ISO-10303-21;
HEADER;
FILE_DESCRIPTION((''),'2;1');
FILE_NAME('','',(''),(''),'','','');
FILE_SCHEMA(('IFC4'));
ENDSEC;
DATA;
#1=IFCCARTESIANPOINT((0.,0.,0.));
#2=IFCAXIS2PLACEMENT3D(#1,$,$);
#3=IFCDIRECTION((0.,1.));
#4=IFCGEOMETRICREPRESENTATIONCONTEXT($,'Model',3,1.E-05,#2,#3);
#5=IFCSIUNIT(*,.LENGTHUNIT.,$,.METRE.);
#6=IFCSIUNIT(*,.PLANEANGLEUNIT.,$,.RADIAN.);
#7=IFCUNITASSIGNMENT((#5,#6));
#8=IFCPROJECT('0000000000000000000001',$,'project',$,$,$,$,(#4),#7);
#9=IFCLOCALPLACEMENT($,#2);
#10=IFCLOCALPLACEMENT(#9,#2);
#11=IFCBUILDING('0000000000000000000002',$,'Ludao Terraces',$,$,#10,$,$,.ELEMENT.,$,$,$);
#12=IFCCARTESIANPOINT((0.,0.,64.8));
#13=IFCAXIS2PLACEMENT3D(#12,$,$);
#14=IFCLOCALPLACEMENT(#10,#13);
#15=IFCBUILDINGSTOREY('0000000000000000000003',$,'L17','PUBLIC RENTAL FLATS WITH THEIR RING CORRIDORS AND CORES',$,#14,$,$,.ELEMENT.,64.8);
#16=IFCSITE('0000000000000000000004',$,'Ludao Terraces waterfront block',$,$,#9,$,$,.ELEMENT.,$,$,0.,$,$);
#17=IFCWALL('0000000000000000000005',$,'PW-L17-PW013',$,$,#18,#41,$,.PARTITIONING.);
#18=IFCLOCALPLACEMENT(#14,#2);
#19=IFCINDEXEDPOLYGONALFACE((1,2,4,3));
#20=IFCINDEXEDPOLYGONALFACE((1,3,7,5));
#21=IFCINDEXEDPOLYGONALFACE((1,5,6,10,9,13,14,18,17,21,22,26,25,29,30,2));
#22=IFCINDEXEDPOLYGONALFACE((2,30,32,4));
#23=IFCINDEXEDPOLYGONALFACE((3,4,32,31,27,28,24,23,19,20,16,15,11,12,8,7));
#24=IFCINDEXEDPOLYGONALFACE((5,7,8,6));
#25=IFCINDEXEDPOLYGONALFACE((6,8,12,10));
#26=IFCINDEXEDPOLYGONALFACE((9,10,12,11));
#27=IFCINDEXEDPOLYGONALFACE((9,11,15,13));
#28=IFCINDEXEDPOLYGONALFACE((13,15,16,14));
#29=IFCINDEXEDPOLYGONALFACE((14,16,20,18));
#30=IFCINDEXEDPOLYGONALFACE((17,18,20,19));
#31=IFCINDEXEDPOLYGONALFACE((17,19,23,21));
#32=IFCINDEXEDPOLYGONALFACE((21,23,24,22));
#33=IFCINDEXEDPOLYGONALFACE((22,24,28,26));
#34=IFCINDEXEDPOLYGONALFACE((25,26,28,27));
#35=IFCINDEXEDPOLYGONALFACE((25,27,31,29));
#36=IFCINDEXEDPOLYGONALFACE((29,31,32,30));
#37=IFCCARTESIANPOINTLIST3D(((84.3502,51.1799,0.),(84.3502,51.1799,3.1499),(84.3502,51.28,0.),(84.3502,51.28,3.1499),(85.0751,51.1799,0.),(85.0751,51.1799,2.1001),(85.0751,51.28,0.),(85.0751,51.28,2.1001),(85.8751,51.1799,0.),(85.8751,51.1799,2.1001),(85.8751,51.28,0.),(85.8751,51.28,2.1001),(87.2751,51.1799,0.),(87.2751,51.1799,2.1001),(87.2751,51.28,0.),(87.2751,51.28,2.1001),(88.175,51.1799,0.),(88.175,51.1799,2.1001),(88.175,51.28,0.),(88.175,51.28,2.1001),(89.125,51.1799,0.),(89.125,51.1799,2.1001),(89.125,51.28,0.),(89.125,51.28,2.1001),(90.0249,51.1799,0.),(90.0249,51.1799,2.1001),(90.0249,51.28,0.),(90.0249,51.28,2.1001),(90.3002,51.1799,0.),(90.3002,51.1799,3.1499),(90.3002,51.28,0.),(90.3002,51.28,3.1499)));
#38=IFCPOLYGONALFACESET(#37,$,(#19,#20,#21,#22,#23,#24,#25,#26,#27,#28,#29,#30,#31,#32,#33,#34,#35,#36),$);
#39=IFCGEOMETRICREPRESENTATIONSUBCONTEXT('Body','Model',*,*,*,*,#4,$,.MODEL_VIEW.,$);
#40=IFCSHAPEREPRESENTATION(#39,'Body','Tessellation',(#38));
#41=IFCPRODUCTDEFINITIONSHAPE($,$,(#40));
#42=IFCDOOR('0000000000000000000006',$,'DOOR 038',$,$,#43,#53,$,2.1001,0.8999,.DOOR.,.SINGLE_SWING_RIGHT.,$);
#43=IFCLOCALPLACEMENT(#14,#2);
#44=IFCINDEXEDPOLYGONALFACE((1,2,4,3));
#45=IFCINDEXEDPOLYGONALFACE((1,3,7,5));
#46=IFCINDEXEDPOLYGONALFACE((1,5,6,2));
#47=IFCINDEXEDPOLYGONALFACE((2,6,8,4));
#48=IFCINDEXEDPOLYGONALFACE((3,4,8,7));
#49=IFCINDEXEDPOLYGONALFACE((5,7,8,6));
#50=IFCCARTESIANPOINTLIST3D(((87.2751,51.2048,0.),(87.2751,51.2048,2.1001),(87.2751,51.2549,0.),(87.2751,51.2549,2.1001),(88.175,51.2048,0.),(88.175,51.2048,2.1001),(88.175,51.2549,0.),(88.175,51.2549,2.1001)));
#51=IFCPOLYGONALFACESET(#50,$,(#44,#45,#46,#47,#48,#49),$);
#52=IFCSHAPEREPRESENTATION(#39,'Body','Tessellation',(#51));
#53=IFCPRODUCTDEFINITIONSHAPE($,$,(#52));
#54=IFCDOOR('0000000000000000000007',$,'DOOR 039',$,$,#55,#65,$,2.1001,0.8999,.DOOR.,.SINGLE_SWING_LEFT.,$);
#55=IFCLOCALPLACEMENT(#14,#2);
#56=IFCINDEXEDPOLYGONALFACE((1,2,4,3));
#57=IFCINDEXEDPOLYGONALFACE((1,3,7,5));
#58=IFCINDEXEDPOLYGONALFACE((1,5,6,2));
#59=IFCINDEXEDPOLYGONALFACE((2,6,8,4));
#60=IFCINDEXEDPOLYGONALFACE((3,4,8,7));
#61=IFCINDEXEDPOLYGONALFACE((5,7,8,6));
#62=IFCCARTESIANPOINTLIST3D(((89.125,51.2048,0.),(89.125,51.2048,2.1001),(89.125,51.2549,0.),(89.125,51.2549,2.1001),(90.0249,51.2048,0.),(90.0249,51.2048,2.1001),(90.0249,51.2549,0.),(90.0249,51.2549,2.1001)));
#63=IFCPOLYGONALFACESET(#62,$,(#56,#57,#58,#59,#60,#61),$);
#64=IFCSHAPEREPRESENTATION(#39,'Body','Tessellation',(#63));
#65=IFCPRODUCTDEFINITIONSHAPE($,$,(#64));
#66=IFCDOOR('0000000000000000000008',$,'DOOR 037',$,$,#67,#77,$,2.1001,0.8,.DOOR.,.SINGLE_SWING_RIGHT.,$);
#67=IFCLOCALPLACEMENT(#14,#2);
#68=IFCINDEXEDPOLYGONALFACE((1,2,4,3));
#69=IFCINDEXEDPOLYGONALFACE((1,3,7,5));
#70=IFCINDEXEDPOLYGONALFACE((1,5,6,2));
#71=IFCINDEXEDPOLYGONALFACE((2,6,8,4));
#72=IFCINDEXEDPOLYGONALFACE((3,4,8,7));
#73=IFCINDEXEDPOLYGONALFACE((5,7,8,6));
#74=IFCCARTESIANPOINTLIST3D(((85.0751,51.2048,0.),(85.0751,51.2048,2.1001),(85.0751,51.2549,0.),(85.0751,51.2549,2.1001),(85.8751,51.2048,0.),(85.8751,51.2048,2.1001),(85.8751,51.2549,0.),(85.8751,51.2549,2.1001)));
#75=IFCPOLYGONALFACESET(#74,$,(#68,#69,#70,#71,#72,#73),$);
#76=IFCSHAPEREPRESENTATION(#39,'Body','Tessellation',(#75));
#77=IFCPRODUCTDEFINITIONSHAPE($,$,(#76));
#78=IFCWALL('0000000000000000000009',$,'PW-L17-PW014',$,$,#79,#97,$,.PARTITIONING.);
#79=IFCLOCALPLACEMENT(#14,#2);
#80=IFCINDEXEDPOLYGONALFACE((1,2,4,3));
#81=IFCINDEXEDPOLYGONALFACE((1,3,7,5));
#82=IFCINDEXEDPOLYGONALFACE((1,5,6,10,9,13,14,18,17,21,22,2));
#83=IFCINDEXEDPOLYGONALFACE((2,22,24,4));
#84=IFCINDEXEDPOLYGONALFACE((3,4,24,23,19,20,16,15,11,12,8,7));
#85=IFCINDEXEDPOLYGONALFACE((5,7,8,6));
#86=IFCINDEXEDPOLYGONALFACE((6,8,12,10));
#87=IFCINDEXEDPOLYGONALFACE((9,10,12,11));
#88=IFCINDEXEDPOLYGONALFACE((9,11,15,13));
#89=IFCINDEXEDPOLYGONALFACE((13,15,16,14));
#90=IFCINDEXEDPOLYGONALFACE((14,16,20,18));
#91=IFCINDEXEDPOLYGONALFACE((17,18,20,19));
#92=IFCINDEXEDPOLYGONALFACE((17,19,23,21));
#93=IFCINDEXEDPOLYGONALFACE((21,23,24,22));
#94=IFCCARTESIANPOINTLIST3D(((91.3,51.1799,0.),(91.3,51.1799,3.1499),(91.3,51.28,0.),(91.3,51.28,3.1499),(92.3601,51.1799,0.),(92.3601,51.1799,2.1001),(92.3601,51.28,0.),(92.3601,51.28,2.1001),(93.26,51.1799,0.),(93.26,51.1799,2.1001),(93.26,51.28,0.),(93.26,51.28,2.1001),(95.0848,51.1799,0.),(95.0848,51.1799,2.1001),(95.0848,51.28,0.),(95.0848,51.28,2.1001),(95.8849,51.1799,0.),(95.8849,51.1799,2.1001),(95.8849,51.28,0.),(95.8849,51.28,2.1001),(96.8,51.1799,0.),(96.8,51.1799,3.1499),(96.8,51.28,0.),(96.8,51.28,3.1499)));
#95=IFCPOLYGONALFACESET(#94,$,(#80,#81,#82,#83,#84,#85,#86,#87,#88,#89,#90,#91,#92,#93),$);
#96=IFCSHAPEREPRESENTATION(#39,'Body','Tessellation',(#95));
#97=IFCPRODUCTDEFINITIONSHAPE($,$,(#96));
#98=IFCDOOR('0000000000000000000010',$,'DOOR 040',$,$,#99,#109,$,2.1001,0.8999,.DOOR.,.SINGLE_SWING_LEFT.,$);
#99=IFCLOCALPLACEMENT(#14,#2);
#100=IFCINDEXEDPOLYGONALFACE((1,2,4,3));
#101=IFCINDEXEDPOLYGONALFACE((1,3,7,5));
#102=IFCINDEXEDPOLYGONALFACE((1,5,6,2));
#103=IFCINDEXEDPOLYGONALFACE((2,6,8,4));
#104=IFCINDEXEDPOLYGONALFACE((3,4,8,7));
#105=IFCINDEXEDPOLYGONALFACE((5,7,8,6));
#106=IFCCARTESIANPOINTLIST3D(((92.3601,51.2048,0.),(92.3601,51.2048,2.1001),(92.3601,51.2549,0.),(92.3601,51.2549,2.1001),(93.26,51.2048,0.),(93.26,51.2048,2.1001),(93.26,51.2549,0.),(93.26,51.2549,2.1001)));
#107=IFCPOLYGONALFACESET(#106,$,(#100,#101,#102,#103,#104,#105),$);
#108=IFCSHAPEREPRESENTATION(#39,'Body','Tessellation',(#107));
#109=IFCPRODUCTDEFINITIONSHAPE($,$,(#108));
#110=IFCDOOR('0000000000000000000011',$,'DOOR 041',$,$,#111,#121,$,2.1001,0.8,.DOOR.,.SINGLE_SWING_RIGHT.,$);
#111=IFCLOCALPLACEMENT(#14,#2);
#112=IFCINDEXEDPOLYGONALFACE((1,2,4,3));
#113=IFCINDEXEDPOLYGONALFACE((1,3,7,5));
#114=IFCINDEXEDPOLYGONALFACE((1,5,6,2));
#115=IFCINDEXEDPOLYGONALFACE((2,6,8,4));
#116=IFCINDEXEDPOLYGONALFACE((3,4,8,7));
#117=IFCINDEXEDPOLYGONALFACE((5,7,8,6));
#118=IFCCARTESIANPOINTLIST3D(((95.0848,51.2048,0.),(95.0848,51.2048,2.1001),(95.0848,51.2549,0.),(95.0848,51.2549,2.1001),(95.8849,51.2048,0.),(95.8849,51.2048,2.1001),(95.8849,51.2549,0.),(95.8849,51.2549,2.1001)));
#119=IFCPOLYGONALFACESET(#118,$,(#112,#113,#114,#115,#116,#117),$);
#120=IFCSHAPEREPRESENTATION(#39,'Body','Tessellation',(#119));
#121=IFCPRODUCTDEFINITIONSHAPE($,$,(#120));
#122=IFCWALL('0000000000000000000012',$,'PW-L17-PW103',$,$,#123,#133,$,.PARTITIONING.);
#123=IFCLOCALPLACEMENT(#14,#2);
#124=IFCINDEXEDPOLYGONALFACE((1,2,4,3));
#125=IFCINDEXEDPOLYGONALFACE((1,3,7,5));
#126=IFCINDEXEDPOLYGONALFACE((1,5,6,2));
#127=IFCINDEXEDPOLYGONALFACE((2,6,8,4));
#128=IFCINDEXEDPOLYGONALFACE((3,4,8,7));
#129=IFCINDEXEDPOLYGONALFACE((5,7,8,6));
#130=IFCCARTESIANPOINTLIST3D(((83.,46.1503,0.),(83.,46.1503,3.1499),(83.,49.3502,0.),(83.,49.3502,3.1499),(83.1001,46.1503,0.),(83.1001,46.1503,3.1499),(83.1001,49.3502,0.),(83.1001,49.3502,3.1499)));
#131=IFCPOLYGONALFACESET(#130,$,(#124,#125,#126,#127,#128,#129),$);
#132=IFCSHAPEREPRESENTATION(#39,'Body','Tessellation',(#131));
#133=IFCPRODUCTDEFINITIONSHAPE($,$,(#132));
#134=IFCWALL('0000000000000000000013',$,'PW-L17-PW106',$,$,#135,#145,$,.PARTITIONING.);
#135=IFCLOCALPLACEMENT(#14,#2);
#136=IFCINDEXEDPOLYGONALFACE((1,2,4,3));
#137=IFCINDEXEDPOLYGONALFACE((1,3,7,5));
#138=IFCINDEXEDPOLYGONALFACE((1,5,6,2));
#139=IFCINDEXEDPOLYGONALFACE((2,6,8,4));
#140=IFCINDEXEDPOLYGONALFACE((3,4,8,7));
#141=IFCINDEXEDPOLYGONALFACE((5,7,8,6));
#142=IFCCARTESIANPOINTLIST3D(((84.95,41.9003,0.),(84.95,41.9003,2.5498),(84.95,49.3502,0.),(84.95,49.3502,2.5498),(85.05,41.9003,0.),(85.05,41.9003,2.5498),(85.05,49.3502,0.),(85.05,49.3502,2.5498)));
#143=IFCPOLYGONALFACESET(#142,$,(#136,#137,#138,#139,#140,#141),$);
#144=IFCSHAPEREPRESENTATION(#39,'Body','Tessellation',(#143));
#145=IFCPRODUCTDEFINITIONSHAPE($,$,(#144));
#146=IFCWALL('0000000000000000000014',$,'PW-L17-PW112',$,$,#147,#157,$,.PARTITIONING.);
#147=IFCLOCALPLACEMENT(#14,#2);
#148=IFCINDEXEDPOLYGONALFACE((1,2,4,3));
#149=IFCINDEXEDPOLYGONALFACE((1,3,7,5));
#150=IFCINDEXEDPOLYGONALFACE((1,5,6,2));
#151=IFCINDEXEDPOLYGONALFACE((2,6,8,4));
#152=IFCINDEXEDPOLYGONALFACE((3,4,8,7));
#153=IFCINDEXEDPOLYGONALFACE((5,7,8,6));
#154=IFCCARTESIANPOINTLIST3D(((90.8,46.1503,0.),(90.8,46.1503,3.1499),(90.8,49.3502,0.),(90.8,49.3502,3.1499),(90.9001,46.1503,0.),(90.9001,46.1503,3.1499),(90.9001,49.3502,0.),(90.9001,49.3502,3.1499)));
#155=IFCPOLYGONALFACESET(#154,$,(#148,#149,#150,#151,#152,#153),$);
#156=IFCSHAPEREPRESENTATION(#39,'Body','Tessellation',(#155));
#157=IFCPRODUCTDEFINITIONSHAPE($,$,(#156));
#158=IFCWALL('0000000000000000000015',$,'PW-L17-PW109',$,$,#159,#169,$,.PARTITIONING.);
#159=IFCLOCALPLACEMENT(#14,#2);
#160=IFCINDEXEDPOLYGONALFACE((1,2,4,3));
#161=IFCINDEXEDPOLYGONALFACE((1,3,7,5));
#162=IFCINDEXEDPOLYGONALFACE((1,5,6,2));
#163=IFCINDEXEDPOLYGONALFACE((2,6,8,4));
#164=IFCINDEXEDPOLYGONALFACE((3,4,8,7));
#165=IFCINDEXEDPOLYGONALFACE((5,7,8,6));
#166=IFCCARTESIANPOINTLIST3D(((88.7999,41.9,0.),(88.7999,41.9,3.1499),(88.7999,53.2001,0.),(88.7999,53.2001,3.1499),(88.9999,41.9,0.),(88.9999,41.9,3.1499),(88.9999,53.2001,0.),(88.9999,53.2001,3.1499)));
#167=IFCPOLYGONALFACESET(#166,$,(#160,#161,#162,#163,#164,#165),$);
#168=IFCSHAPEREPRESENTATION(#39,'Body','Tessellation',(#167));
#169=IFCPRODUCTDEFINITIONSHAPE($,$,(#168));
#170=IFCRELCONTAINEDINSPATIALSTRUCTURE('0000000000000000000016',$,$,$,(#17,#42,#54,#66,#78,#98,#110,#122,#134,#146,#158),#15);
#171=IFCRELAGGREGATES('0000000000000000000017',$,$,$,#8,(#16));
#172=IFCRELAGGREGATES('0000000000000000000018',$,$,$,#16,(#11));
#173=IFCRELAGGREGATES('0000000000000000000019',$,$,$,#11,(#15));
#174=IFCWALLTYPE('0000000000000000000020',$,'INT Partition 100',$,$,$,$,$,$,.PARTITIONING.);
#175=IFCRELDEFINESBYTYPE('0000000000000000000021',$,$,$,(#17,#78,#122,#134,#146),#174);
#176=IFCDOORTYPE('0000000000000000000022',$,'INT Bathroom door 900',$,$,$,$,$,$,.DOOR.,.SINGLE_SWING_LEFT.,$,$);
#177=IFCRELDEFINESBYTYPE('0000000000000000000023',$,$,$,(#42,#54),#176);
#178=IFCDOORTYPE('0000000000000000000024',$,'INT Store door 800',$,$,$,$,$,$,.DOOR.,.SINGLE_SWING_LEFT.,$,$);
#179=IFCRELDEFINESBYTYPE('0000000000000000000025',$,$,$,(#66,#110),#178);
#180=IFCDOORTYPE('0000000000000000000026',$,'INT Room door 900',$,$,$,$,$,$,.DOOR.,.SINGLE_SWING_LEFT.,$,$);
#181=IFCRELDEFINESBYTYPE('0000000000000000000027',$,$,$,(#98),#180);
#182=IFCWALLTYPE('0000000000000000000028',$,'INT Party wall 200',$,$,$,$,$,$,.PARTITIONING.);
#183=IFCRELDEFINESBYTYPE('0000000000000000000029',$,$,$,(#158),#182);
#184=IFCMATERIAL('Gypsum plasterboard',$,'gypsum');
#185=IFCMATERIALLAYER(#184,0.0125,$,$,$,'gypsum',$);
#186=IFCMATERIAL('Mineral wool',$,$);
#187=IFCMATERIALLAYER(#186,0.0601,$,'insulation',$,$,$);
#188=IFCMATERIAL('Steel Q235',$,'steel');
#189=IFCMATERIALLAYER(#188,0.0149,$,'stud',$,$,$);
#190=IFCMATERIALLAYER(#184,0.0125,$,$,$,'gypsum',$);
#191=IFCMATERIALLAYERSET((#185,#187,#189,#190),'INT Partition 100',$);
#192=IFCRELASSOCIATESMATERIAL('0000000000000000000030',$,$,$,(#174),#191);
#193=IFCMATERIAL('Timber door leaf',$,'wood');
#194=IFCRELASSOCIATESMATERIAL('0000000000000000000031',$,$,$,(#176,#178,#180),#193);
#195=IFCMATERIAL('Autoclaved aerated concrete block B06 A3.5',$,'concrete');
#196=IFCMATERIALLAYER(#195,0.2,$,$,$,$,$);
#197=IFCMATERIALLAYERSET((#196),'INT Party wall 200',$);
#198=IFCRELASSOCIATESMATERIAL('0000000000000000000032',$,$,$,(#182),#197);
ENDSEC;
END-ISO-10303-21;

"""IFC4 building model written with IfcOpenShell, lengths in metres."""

from ifc_helpers import new_model, si_unit, direction, frame, frame_2d, origin, place, context, subcontext, project, spatial, rectangle, extrude, material, layer, layer_set, type_object, element, fill, save


model = new_model("IFC4")

# Units and contexts
model_context = context("Model", 3, precision=1e-05, world=origin(), true_north=direction((0.0, 1.0)))
body_context = subcontext(model_context, "Body", "Model", "MODEL_VIEW")
ifc_project = project(units=[si_unit("LENGTHUNIT", "METRE"), si_unit("PLANEANGLEUNIT", "RADIAN")], contexts=[model_context])

# Site, building, storey
site_placement = place(None, origin())
site = spatial("IfcSite", under=ifc_project, at=site_placement, Name="Ludao Terraces waterfront block", CompositionType="ELEMENT", RefElevation=0.0)
building_placement = place(site_placement, origin())
building = spatial("IfcBuilding", under=site, at=building_placement, Name="Ludao Terraces", CompositionType="ELEMENT")
storey_placement = place(building_placement, frame((0.0, 0.0, 64.8)))
storey = spatial("IfcBuildingStorey", under=building, at=storey_placement, Name="L17", Description="PUBLIC RENTAL FLATS WITH THEIR RING CORRIDORS AND CORES", CompositionType="ELEMENT", Elevation=64.8)

# Shared definitions
ifc_material_1 = material(Name="Mineral wool")

# Walls, openings, doors
ifc_material_2 = material(Name="Gypsum plasterboard", Category="gypsum")
ifc_layer_1 = layer(ifc_material_2, 0.0125, Category="gypsum")
ifc_layer_2 = layer(ifc_material_1, 0.0601, Name="insulation")
ifc_material_3 = material(Name="Steel Q235", Category="steel")
ifc_layer_3 = layer(ifc_material_3, 0.0149, Name="stud")
ifc_layer_4 = layer(ifc_material_2, 0.0125, Category="gypsum")
ifc_layer_set_1 = layer_set([ifc_layer_1, ifc_layer_2, ifc_layer_3, ifc_layer_4], Name="INT Partition 100")
wall_type_1 = type_object("IfcWallType", Name="INT Partition 100", PredefinedType="PARTITIONING", material=ifc_layer_set_1)
wall_1_placement = place(storey_placement, frame((84.3501, 51.23, 0.0), z_axis=(0.0, 0.0, 1.0), x_axis=(1.0, 0.0, 0.0)))
wall_1 = element("IfcWall", 1, at=wall_1_placement, inside=storey, type_object=wall_type_1, Name="PW-L17-PW013", PredefinedType="PARTITIONING", context=body_context, shape_type="SweptSolid", body=[
    extrude(rectangle(XDim=5.95, YDim=0.1001, at=frame_2d((2.9751, 0.0))), origin(), (0.0, 0.0, 1.0), 3.1499),
])
opening_1_placement = place(wall_1_placement, frame((0.7251, 0.0, 0.0)))
opening_1 = element("IfcOpeningElement", 2, at=opening_1_placement, cuts=wall_1, PredefinedType="OPENING", context=body_context, shape_type="SweptSolid", body=[
    extrude(rectangle(XDim=0.8, YDim=2.1001, at=frame_2d((0.3999, 1.05))), frame((0.0, 0.0601, 0.0), z_axis=(0.0, -1.0, 0.0), x_axis=(1.0, 0.0, 0.0)), (0.0, 0.0, 1.0), 0.1201),
])
opening_2_placement = place(wall_1_placement, frame((2.925, 0.0, 0.0)))
opening_2 = element("IfcOpeningElement", 3, at=opening_2_placement, cuts=wall_1, PredefinedType="OPENING", context=body_context, shape_type="SweptSolid", body=[
    extrude(rectangle(XDim=0.8999, YDim=2.1001, at=frame_2d((0.45, 1.05))), frame((0.0, 0.0601, 0.0), z_axis=(0.0, -1.0, 0.0), x_axis=(1.0, 0.0, 0.0)), (0.0, 0.0, 1.0), 0.1201),
])
opening_3_placement = place(wall_1_placement, frame((4.7749, 0.0, 0.0)))
opening_3 = element("IfcOpeningElement", 4, at=opening_3_placement, cuts=wall_1, PredefinedType="OPENING", context=body_context, shape_type="SweptSolid", body=[
    extrude(rectangle(XDim=0.8999, YDim=2.1001, at=frame_2d((0.45, 1.05))), frame((0.0, 0.0601, 0.0), z_axis=(0.0, -1.0, 0.0), x_axis=(1.0, 0.0, 0.0)), (0.0, 0.0, 1.0), 0.1201),
])
ifc_material_4 = material(Name="Timber door leaf", Category="wood")
door_type_1 = type_object("IfcDoorType", Name="INT Bathroom door 900", OperationType="SINGLE_SWING_LEFT", PredefinedType="DOOR", material=ifc_material_4)
door_1_placement = place(opening_2_placement, origin())
door_1 = element("IfcDoor", 5, at=door_1_placement, inside=storey, type_object=door_type_1, Name="DOOR 038", OperationType="SINGLE_SWING_RIGHT", OverallHeight=2.1001, OverallWidth=0.8999, PredefinedType="DOOR", context=body_context, shape_type="SweptSolid", body=[
    extrude(rectangle(XDim=0.8999, YDim=2.1001, at=frame_2d((0.45, 1.05))), frame((0.0, 0.0249, 0.0), z_axis=(0.0, -1.0, 0.0), x_axis=(1.0, 0.0, 0.0)), (0.0, 0.0, 1.0), 0.05),
])
fill(opening_2, door_1)
door_2_placement = place(opening_3_placement, origin())
door_2 = element("IfcDoor", 6, at=door_2_placement, inside=storey, type_object=door_type_1, Name="DOOR 039", OperationType="SINGLE_SWING_LEFT", OverallHeight=2.1001, OverallWidth=0.8999, PredefinedType="DOOR", context=body_context, shape_type="SweptSolid", body=[
    extrude(rectangle(XDim=0.8999, YDim=2.1001, at=frame_2d((0.45, 1.05))), frame((0.0, 0.0249, 0.0), z_axis=(0.0, -1.0, 0.0), x_axis=(1.0, 0.0, 0.0)), (0.0, 0.0, 1.0), 0.05),
])
fill(opening_3, door_2)
door_type_2 = type_object("IfcDoorType", Name="INT Store door 800", OperationType="SINGLE_SWING_LEFT", PredefinedType="DOOR", material=ifc_material_4)
door_3_placement = place(opening_1_placement, origin())
door_3 = element("IfcDoor", 7, at=door_3_placement, inside=storey, type_object=door_type_2, Name="DOOR 037", OperationType="SINGLE_SWING_RIGHT", OverallHeight=2.1001, OverallWidth=0.8, PredefinedType="DOOR", context=body_context, shape_type="SweptSolid", body=[
    extrude(rectangle(XDim=0.8, YDim=2.1001, at=frame_2d((0.3999, 1.05))), frame((0.0, 0.0249, 0.0), z_axis=(0.0, -1.0, 0.0), x_axis=(1.0, 0.0, 0.0)), (0.0, 0.0, 1.0), 0.05),
])
fill(opening_1, door_3)
wall_2_placement = place(storey_placement, frame((91.3, 51.23, 0.0), z_axis=(0.0, 0.0, 1.0), x_axis=(1.0, 0.0, 0.0)))
wall_2 = element("IfcWall", 8, at=wall_2_placement, inside=storey, type_object=wall_type_1, Name="PW-L17-PW014", PredefinedType="PARTITIONING", context=body_context, shape_type="SweptSolid", body=[
    extrude(rectangle(XDim=5.5, YDim=0.1001, at=frame_2d((2.75, 0.0))), origin(), (0.0, 0.0, 1.0), 3.1499),
])
opening_4_placement = place(wall_2_placement, frame((1.0601, 0.0, 0.0)))
opening_4 = element("IfcOpeningElement", 9, at=opening_4_placement, cuts=wall_2, PredefinedType="OPENING", context=body_context, shape_type="SweptSolid", body=[
    extrude(rectangle(XDim=0.8999, YDim=2.1001, at=frame_2d((0.45, 1.05))), frame((0.0, 0.0601, 0.0), z_axis=(0.0, -1.0, 0.0), x_axis=(1.0, 0.0, 0.0)), (0.0, 0.0, 1.0), 0.1201),
])
opening_5_placement = place(wall_2_placement, frame((3.7849, 0.0, 0.0)))
opening_5 = element("IfcOpeningElement", 10, at=opening_5_placement, cuts=wall_2, PredefinedType="OPENING", context=body_context, shape_type="SweptSolid", body=[
    extrude(rectangle(XDim=0.8, YDim=2.1001, at=frame_2d((0.3999, 1.05))), frame((0.0, 0.0601, 0.0), z_axis=(0.0, -1.0, 0.0), x_axis=(1.0, 0.0, 0.0)), (0.0, 0.0, 1.0), 0.1201),
])
door_type_3 = type_object("IfcDoorType", Name="INT Room door 900", OperationType="SINGLE_SWING_LEFT", PredefinedType="DOOR", material=ifc_material_4)
door_4_placement = place(opening_4_placement, origin())
door_4 = element("IfcDoor", 11, at=door_4_placement, inside=storey, type_object=door_type_3, Name="DOOR 040", OperationType="SINGLE_SWING_LEFT", OverallHeight=2.1001, OverallWidth=0.8999, PredefinedType="DOOR", context=body_context, shape_type="SweptSolid", body=[
    extrude(rectangle(XDim=0.8999, YDim=2.1001, at=frame_2d((0.45, 1.05))), frame((0.0, 0.0249, 0.0), z_axis=(0.0, -1.0, 0.0), x_axis=(1.0, 0.0, 0.0)), (0.0, 0.0, 1.0), 0.05),
])
fill(opening_4, door_4)
door_5_placement = place(opening_5_placement, origin())
door_5 = element("IfcDoor", 12, at=door_5_placement, inside=storey, type_object=door_type_2, Name="DOOR 041", OperationType="SINGLE_SWING_RIGHT", OverallHeight=2.1001, OverallWidth=0.8, PredefinedType="DOOR", context=body_context, shape_type="SweptSolid", body=[
    extrude(rectangle(XDim=0.8, YDim=2.1001, at=frame_2d((0.3999, 1.05))), frame((0.0, 0.0249, 0.0), z_axis=(0.0, -1.0, 0.0), x_axis=(1.0, 0.0, 0.0)), (0.0, 0.0, 1.0), 0.05),
])
fill(opening_5, door_5)

# Walls
wall_3_placement = place(storey_placement, frame((83.05, 46.1501, 0.0), z_axis=(0.0, 0.0, 1.0), x_axis=(0.0, 1.0, 0.0)))
element("IfcWall", 13, at=wall_3_placement, inside=storey, type_object=wall_type_1, Name="PW-L17-PW103", PredefinedType="PARTITIONING", context=body_context, shape_type="SweptSolid", body=[
    extrude(rectangle(XDim=3.2, YDim=0.1001, at=frame_2d((1.6001, 0.0))), origin(), (0.0, 0.0, 1.0), 3.1499),
])
wall_4_placement = place(storey_placement, frame((85.0, 41.9001, 0.0), z_axis=(0.0, 0.0, 1.0), x_axis=(0.0, 1.0, 0.0)))
element("IfcWall", 14, at=wall_4_placement, inside=storey, type_object=wall_type_1, Name="PW-L17-PW106", PredefinedType="PARTITIONING", context=body_context, shape_type="SweptSolid", body=[
    extrude(rectangle(XDim=7.45, YDim=0.1001, at=frame_2d((3.7251, 0.0))), origin(), (0.0, 0.0, 1.0), 2.5498),
])
wall_5_placement = place(storey_placement, frame((90.8501, 46.1501, 0.0), z_axis=(0.0, 0.0, 1.0), x_axis=(0.0, 1.0, 0.0)))
element("IfcWall", 15, at=wall_5_placement, inside=storey, type_object=wall_type_1, Name="PW-L17-PW112", PredefinedType="PARTITIONING", context=body_context, shape_type="SweptSolid", body=[
    extrude(rectangle(XDim=3.2, YDim=0.1001, at=frame_2d((1.6001, 0.0))), origin(), (0.0, 0.0, 1.0), 3.1499),
])
ifc_material_5 = material(Name="Autoclaved aerated concrete block B06 A3.5", Category="concrete")
ifc_layer_5 = layer(ifc_material_5, 0.2)
ifc_layer_set_2 = layer_set([ifc_layer_5], Name="INT Party wall 200")
wall_type_2 = type_object("IfcWallType", Name="INT Party wall 200", PredefinedType="PARTITIONING", material=ifc_layer_set_2)
wall_6_placement = place(storey_placement, frame((88.8999, 41.9001, 0.0), z_axis=(0.0, 0.0, 1.0), x_axis=(0.0, 1.0, 0.0)))
element("IfcWall", 16, at=wall_6_placement, inside=storey, type_object=wall_type_2, Name="PW-L17-PW109", PredefinedType="PARTITIONING", context=body_context, shape_type="SweptSolid", body=[
    extrude(rectangle(XDim=11.3, YDim=0.2, at=frame_2d((5.6499, 0.0))), origin(), (0.0, 0.0, 1.0), 3.1499),
])

save(model, "model.ifc")
